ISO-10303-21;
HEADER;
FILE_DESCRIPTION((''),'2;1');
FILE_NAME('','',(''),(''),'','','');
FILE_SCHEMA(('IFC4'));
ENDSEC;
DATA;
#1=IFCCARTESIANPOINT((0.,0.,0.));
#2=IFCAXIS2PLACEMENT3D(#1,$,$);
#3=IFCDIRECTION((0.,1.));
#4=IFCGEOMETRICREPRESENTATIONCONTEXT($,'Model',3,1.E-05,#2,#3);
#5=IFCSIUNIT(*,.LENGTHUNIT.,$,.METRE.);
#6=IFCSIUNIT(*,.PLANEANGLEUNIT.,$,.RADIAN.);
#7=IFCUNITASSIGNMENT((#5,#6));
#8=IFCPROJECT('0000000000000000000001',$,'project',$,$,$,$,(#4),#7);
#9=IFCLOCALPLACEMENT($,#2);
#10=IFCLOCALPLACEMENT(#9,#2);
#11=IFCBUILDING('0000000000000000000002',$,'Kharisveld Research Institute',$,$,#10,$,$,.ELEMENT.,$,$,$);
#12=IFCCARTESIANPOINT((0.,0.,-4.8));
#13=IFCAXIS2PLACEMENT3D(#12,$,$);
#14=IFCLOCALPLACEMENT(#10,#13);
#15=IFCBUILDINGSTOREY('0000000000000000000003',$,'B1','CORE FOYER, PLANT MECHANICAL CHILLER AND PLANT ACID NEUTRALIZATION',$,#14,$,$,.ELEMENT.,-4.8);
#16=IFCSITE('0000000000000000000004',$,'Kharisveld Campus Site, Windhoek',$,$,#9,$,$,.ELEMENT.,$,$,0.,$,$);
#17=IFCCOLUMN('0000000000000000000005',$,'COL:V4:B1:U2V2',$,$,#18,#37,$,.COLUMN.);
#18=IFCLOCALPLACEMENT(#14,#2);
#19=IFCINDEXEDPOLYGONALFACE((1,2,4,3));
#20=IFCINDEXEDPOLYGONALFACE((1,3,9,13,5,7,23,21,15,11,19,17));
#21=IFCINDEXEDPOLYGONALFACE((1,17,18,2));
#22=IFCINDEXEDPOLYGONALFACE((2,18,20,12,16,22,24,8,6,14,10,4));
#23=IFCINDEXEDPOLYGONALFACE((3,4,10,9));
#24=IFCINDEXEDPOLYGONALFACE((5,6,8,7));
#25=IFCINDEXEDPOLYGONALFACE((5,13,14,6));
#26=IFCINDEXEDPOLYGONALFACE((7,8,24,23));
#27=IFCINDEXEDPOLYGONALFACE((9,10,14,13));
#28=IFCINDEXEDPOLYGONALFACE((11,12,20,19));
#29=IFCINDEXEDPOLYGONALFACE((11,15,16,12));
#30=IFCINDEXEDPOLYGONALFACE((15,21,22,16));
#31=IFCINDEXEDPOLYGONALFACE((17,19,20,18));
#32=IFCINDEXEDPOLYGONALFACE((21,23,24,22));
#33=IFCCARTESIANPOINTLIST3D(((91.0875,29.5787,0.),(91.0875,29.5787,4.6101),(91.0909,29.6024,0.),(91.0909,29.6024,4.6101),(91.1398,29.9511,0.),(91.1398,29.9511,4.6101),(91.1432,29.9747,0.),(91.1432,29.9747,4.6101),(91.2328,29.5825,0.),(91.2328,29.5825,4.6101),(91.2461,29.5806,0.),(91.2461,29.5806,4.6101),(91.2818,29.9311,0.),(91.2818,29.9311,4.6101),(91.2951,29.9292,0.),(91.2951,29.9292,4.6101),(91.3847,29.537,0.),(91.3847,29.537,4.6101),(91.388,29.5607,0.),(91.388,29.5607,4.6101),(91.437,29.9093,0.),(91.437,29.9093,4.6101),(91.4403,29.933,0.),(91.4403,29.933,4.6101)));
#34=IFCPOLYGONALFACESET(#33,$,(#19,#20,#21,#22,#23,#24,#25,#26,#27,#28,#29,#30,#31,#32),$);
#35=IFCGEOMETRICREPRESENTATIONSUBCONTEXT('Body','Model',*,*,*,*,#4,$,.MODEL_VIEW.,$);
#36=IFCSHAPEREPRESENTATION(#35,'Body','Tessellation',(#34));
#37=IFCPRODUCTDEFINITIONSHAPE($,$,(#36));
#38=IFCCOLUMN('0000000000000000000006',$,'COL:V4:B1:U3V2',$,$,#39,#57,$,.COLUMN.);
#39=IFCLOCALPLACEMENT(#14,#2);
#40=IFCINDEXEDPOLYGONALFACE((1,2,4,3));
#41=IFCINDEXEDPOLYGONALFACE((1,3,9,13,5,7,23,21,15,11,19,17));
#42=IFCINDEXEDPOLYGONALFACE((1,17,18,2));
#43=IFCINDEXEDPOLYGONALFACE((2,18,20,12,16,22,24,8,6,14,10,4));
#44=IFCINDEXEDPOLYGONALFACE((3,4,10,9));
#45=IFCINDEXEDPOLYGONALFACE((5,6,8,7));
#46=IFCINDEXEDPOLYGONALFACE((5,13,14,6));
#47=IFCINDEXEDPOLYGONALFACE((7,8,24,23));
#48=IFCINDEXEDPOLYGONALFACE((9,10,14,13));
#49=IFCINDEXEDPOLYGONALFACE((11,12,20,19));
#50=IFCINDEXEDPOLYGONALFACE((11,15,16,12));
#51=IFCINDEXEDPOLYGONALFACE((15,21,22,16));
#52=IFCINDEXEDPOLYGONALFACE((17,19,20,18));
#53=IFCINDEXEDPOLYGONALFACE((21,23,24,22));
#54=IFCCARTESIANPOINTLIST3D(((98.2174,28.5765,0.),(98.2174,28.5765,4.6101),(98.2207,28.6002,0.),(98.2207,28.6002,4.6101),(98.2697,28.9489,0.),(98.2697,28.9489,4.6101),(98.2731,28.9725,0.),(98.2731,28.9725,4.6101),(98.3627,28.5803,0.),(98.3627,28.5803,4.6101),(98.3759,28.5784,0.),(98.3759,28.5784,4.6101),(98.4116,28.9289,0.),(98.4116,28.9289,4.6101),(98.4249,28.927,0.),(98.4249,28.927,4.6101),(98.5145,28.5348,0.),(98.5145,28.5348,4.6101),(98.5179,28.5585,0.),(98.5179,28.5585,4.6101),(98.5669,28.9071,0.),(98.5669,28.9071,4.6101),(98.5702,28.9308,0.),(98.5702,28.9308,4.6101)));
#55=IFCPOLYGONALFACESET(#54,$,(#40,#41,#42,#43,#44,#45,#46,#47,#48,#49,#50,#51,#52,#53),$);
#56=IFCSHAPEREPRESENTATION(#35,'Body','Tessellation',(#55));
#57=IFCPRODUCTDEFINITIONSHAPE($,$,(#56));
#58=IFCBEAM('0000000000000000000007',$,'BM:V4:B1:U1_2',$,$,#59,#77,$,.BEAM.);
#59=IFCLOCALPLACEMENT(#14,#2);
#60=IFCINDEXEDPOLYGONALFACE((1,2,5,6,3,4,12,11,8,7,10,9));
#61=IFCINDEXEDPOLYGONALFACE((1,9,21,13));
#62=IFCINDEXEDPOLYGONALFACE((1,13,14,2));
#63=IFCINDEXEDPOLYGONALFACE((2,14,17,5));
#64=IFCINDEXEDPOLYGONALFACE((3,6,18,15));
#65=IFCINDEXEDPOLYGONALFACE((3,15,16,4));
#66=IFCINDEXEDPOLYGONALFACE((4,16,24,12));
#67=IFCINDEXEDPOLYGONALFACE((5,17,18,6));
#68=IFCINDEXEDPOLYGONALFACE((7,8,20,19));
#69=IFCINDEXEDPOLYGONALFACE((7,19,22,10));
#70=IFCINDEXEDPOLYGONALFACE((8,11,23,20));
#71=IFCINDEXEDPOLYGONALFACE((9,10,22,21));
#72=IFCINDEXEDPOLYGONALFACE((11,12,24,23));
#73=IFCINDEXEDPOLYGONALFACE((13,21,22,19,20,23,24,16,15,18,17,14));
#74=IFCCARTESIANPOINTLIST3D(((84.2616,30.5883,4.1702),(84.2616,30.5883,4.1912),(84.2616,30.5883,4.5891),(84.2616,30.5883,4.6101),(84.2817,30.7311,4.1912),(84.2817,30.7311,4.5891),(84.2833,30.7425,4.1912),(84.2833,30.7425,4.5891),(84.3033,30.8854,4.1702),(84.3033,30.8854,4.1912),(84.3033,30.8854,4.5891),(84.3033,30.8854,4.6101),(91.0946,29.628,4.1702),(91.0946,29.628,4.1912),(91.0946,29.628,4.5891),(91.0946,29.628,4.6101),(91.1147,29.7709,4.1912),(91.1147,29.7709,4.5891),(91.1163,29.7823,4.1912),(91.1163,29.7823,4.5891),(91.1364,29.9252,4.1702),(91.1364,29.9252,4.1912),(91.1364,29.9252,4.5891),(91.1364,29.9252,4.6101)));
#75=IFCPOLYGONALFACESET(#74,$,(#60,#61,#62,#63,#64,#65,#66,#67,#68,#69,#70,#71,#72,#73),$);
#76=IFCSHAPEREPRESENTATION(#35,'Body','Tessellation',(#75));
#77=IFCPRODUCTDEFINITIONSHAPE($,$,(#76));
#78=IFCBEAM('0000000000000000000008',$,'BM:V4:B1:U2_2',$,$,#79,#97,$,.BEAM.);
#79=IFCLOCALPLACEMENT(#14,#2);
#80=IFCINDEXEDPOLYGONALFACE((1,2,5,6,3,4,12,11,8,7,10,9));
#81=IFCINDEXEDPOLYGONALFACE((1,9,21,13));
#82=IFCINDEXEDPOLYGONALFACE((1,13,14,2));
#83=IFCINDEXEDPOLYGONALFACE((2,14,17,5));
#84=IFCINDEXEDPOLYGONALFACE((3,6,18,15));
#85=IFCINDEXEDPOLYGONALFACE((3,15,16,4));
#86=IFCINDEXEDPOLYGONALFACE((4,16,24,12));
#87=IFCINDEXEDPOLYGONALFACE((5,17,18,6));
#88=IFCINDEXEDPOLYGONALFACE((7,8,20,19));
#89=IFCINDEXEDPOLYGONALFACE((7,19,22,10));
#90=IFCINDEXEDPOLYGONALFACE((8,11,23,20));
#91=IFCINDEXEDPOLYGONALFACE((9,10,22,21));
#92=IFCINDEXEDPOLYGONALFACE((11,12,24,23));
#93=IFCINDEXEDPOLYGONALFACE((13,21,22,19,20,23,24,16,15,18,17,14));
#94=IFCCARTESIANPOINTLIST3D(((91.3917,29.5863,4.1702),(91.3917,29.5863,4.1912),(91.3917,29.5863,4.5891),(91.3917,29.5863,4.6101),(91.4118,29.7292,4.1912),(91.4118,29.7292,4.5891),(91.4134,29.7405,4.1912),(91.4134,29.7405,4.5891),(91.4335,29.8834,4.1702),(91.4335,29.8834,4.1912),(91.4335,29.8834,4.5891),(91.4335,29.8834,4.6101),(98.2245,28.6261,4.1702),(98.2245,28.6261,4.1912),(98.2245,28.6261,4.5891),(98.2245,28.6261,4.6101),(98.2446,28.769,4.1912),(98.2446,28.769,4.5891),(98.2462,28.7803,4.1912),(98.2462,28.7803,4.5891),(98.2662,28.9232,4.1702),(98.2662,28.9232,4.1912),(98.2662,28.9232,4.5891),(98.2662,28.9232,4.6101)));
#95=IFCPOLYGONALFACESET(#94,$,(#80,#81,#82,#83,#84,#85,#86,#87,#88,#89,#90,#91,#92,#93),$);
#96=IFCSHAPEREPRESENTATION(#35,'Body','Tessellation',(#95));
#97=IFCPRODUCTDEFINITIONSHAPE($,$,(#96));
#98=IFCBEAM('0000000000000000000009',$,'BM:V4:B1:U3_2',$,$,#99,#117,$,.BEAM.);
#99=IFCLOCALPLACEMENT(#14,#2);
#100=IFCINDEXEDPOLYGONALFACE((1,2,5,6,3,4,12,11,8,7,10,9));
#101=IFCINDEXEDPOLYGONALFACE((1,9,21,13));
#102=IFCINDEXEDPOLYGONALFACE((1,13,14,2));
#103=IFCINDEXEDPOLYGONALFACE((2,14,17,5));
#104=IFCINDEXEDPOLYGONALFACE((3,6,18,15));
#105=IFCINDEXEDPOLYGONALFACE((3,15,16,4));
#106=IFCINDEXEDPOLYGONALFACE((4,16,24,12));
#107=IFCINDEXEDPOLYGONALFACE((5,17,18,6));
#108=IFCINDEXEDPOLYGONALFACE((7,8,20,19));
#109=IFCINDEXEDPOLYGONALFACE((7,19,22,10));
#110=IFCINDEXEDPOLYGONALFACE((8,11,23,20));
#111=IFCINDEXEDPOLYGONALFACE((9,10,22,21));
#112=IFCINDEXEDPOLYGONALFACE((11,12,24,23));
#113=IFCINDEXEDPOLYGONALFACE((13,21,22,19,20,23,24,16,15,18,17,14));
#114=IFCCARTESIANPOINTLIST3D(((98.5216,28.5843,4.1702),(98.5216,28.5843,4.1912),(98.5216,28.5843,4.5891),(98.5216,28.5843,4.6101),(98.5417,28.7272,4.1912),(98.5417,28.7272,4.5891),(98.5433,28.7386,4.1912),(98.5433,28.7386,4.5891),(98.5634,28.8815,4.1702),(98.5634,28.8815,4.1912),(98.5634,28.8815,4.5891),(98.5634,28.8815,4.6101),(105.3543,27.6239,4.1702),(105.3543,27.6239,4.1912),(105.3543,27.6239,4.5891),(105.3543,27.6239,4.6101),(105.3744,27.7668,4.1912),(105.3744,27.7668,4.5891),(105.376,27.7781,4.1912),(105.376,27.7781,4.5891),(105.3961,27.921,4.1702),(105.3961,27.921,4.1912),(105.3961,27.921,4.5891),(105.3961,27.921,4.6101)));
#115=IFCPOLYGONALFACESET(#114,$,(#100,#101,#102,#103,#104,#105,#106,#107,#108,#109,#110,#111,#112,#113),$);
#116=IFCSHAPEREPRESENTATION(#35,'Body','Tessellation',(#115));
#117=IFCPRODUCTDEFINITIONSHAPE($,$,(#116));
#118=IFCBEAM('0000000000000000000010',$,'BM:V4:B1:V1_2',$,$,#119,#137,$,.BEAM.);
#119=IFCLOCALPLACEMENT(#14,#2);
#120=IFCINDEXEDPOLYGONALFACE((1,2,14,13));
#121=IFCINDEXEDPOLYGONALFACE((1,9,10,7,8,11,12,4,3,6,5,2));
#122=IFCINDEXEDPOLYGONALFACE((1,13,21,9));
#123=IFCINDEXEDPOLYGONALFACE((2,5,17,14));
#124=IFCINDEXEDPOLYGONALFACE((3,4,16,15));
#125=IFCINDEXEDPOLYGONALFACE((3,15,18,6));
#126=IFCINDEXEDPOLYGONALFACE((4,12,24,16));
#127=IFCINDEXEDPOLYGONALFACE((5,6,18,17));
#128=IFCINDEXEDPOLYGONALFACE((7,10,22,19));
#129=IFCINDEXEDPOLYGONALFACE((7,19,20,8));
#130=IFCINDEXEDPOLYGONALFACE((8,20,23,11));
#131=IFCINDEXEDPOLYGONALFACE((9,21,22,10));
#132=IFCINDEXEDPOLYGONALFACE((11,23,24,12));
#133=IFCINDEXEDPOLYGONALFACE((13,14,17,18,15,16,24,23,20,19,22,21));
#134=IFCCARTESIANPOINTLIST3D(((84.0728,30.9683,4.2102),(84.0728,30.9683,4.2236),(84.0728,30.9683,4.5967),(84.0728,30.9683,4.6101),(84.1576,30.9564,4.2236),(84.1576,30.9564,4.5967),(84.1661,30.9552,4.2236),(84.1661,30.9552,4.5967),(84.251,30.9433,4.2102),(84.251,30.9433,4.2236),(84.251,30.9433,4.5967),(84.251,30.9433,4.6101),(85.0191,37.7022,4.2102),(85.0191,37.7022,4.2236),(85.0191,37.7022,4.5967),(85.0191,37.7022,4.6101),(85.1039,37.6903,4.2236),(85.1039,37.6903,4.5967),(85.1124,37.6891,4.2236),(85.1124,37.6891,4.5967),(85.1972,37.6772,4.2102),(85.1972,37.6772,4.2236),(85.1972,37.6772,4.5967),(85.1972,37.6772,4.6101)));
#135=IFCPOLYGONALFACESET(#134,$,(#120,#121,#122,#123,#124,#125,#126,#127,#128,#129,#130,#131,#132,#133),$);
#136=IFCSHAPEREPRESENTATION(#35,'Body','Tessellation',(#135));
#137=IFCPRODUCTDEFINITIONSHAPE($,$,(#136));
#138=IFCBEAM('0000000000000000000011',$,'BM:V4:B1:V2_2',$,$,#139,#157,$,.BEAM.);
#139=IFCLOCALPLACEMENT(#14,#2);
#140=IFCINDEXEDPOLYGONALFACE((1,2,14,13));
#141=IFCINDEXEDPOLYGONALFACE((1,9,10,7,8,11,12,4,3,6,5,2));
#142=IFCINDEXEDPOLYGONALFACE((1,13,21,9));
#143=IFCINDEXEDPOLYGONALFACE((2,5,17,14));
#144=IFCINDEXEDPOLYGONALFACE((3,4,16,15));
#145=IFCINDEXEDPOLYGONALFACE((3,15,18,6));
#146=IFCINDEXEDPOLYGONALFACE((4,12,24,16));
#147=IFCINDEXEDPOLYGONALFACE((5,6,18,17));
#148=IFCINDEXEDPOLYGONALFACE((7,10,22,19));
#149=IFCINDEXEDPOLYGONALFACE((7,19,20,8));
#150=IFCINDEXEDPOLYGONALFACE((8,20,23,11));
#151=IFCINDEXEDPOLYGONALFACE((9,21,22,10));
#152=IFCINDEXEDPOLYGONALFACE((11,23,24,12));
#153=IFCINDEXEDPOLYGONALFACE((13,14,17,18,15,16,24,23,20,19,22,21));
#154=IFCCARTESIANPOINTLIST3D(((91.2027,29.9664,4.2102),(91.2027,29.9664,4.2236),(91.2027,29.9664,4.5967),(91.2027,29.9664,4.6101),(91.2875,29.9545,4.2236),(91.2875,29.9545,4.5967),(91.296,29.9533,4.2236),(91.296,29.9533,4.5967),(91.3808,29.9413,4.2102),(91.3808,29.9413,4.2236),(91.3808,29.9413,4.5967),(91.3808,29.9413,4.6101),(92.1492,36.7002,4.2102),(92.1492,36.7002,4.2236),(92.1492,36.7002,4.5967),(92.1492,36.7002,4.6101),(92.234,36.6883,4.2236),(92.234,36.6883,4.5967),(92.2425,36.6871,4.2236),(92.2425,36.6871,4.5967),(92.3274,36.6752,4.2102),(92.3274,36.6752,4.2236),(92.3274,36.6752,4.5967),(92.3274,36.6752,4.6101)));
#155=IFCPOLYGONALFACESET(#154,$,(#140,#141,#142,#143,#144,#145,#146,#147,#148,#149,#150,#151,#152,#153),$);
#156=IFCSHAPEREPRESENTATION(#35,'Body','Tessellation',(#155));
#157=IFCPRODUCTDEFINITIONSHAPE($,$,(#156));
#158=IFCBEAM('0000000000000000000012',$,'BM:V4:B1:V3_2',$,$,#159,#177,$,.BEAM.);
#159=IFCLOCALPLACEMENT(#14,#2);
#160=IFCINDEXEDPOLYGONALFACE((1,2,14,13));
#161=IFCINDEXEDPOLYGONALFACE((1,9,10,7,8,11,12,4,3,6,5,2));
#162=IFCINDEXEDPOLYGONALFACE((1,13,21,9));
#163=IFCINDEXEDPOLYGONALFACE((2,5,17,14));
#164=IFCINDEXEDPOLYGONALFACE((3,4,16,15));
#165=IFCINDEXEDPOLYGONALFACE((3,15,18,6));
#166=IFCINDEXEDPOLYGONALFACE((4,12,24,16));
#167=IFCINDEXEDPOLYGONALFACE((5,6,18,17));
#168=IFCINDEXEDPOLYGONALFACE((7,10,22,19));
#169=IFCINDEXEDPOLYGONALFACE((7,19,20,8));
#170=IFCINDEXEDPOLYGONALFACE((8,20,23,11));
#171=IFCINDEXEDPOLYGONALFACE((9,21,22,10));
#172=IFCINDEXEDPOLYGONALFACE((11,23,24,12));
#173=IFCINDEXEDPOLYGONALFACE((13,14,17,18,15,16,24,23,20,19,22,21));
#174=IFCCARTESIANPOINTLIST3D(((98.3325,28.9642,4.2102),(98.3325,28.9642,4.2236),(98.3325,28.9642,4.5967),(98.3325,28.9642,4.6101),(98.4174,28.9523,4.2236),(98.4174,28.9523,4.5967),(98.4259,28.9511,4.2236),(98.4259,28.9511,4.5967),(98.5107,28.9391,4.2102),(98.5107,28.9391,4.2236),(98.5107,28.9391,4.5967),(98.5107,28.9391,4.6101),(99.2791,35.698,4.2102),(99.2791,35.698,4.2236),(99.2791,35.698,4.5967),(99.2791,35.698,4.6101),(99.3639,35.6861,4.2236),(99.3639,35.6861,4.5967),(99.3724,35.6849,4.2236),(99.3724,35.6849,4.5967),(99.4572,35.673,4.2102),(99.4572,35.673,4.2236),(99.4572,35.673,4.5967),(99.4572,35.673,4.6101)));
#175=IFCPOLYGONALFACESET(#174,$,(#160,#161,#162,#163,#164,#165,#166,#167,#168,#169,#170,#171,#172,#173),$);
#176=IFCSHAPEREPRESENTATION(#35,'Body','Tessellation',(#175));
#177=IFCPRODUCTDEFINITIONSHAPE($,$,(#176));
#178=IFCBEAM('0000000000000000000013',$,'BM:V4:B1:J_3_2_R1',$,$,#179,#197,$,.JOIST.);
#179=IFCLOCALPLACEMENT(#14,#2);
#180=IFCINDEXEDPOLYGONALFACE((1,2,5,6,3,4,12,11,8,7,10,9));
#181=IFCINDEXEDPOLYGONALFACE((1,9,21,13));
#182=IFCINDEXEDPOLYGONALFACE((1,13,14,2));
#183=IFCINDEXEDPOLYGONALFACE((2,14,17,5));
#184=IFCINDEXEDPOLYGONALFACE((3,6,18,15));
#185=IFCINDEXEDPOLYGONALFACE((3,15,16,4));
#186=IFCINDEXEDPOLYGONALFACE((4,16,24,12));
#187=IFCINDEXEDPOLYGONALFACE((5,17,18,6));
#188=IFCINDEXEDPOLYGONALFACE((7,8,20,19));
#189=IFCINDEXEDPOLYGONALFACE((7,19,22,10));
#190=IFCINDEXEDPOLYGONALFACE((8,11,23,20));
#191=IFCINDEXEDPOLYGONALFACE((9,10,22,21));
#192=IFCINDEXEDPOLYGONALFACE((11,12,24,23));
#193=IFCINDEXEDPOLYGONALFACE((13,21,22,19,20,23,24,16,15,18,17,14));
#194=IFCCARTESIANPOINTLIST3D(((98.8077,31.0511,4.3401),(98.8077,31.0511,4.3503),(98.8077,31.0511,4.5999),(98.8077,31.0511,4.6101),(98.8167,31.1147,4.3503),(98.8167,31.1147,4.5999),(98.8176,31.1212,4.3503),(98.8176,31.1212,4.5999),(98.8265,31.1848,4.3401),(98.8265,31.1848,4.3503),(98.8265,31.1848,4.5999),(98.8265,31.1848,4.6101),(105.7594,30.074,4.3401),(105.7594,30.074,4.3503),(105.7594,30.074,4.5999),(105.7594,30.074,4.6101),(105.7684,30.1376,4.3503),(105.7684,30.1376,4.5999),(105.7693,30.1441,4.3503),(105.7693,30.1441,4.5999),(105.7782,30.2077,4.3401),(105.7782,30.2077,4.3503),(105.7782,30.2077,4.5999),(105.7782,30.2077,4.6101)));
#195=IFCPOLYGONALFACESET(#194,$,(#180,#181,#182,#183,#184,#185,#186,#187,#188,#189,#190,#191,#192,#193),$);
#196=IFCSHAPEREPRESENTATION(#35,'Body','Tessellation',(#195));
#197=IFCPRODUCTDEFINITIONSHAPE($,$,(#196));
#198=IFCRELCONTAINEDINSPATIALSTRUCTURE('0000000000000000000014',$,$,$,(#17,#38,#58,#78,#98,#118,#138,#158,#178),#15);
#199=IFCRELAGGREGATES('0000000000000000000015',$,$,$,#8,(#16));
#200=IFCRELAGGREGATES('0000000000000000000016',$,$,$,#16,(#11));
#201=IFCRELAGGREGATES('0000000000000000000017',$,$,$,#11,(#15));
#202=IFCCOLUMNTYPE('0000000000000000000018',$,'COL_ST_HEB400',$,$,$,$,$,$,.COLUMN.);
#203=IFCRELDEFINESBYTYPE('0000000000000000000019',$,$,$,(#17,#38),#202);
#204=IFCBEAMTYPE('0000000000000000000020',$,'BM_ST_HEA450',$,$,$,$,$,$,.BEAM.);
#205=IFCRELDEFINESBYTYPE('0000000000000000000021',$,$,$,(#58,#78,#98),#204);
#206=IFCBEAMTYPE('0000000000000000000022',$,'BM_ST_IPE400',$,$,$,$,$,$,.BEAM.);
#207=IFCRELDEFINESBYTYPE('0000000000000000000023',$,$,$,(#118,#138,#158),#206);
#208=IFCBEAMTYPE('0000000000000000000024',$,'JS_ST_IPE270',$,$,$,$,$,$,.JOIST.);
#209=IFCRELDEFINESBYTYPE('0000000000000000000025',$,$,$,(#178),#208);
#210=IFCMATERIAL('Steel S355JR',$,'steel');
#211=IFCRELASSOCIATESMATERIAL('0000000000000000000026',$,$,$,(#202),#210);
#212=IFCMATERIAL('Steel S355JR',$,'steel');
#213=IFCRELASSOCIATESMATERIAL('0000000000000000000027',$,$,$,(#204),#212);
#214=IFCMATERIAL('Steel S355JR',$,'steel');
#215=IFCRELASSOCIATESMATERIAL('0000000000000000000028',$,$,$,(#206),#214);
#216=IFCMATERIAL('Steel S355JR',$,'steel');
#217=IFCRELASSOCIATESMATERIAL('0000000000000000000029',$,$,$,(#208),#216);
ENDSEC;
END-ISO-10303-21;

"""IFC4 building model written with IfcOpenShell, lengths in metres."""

from ifc_helpers import new_model, si_unit, direction, frame, origin, origin_2d, place, context, subcontext, project, spatial, i_section, extrude, material, material_profile, profile_set, type_object, element, save


model = new_model("IFC4")

# Units and contexts
model_context = context("Model", 3, precision=1e-05, world=origin(), true_north=direction((0.0, 1.0)))
body_context = subcontext(model_context, "Body", "Model", "MODEL_VIEW")
ifc_project = project(units=[si_unit("LENGTHUNIT", "METRE"), si_unit("PLANEANGLEUNIT", "RADIAN")], contexts=[model_context])

# Site, building, storey
site_placement = place(None, origin())
site = spatial("IfcSite", under=ifc_project, at=site_placement, Name="Kharisveld Campus Site, Windhoek", CompositionType="ELEMENT", RefElevation=0.0)
building_placement = place(site_placement, origin())
building = spatial("IfcBuilding", under=site, at=building_placement, Name="Kharisveld Research Institute", CompositionType="ELEMENT")
storey_placement = place(building_placement, frame((0.0, 0.0, -4.8)))
storey = spatial("IfcBuildingStorey", under=building, at=storey_placement, Name="B1", Description="CORE FOYER, PLANT MECHANICAL CHILLER AND PLANT ACID NEUTRALIZATION", CompositionType="ELEMENT", Elevation=-4.8)

# Columns
ifc_material_1 = material(Name="Steel S355JR", Category="steel")
ifc_material_profile_1 = material_profile(ifc_material_1, i_section(OverallWidth=0.3, OverallDepth=0.3999, WebThickness=0.0134, FlangeThickness=0.0239, at=origin_2d()))
ifc_profile_set_1 = profile_set([ifc_material_profile_1], Name="Steel S355JR")
column_type = type_object("IfcColumnType", Name="COL_ST_HEB400", PredefinedType="COLUMN", material=ifc_profile_set_1)
for number, where, z_axis, x_axis, name in (
    (1, (91.2639, 29.7559, 0.0), (0.0, 0.0, 1.0), (0.990268, -0.139173, 0.0), "COL:V4:B1:U2V2"),
    (2, (98.3938, 28.7537, 0.0), (0.0, 0.0, 1.0), (0.990268, -0.139173, 0.0), "COL:V4:B1:U3V2"),
):
    element("IfcColumn", number, at=place(storey_placement, frame(where, z_axis=z_axis, x_axis=x_axis)), inside=storey, type_object=column_type, Name=name, PredefinedType="COLUMN", context=body_context, shape_type="SweptSolid", body=[
        extrude(i_section(OverallWidth=0.3, OverallDepth=0.3999, WebThickness=0.0134, FlangeThickness=0.0239, at=origin_2d()), origin(), (0.0, 0.0, 1.0), 4.6101),
    ])

# Beams
ifc_material_2 = material(Name="Steel S355JR", Category="steel")
ifc_material_profile_2 = material_profile(ifc_material_2, i_section(OverallWidth=0.3, OverallDepth=0.4399, WebThickness=0.0115, FlangeThickness=0.021, at=origin_2d()))
ifc_profile_set_2 = profile_set([ifc_material_profile_2], Name="Steel S355JR")
beam_type_1 = type_object("IfcBeamType", Name="BM_ST_HEA450", PredefinedType="BEAM", material=ifc_profile_set_2)
beam_1_placement = place(storey_placement, frame((84.2825, 30.7368, 4.3901), z_axis=(0.99027, -0.139157, 0.0), x_axis=(0.139157, 0.99027, 0.0)))
element("IfcBeam", 3, at=beam_1_placement, inside=storey, type_object=beam_type_1, Name="BM:V4:B1:U1_2", PredefinedType="BEAM", context=body_context, shape_type="SweptSolid", body=[
    extrude(i_section(OverallWidth=0.3, OverallDepth=0.4399, WebThickness=0.0115, FlangeThickness=0.021, at=origin_2d()), origin(), (0.0, 0.0, 1.0), 6.9001),
])
for number, where, z_axis, x_axis, name in (
    (4, (91.4126, 29.7349, 4.3901), (0.99027, -0.139162, 0.0), (0.139162, 0.99027, 0.0), "BM:V4:B1:U2_2"),
    (5, (98.5425, 28.7329, 4.3901), (0.990265, -0.139197, 0.0), (0.139197, 0.990265, 0.0), "BM:V4:B1:U3_2"),
):
    element("IfcBeam", number, at=place(storey_placement, frame(where, z_axis=z_axis, x_axis=x_axis)), inside=storey, type_object=beam_type_1, Name=name, PredefinedType="BEAM", context=body_context, shape_type="SweptSolid", body=[
        extrude(i_section(OverallWidth=0.3, OverallDepth=0.4399, WebThickness=0.0115, FlangeThickness=0.021, at=origin_2d()), origin(), (0.0, 0.0, 1.0), 6.8999),
    ])
ifc_material_3 = material(Name="Steel S355JR", Category="steel")
ifc_material_profile_3 = material_profile(ifc_material_3, i_section(OverallWidth=0.1799, OverallDepth=0.3999, WebThickness=0.0085, FlangeThickness=0.0134, at=origin_2d()))
ifc_profile_set_3 = profile_set([ifc_material_profile_3], Name="Steel S355JR")
beam_type_2 = type_object("IfcBeamType", Name="BM_ST_IPE400", PredefinedType="BEAM", material=ifc_profile_set_3)
for number, where, z_axis, x_axis, name in (
    (6, (84.1619, 30.9558, 4.4102), (0.139159, 0.99027, 0.0), (-0.99027, 0.139159, 0.0), "BM:V4:B1:V1_2"),
    (7, (91.2917, 29.9539, 4.4102), (0.139194, 0.990265, 0.0), (-0.990265, 0.139194, 0.0), "BM:V4:B1:V2_2"),
    (8, (98.4216, 28.9517, 4.4102), (0.139194, 0.990265, 0.0), (-0.990265, 0.139194, 0.0), "BM:V4:B1:V3_2"),
):
    element("IfcBeam", number, at=place(storey_placement, frame(where, z_axis=z_axis, x_axis=x_axis)), inside=storey, type_object=beam_type_2, Name=name, PredefinedType="BEAM", context=body_context, shape_type="SweptSolid", body=[
        extrude(i_section(OverallWidth=0.1799, OverallDepth=0.3999, WebThickness=0.0085, FlangeThickness=0.0134, at=origin_2d()), origin(), (0.0, 0.0, 1.0), 6.8),
    ])
ifc_material_4 = material(Name="Steel S355JR", Category="steel")
ifc_material_profile_4 = material_profile(ifc_material_4, i_section(OverallWidth=0.135, OverallDepth=0.27, WebThickness=0.0066, FlangeThickness=0.0103, at=origin_2d()))
ifc_profile_set_4 = profile_set([ifc_material_profile_4], Name="Steel S355JR")
beam_type_3 = type_object("IfcBeamType", Name="JS_ST_IPE270", PredefinedType="JOIST", material=ifc_profile_set_4)
beam_2_placement = place(storey_placement, frame((98.8171, 31.1179, 4.4751), z_axis=(0.990267, -0.139181, 0.0), x_axis=(0.139181, 0.990267, 0.0)))
element("IfcBeam", 9, at=beam_2_placement, inside=storey, type_object=beam_type_3, Name="BM:V4:B1:J_3_2_R1", PredefinedType="JOIST", context=body_context, shape_type="SweptSolid", body=[
    extrude(i_section(OverallWidth=0.135, OverallDepth=0.27, WebThickness=0.0066, FlangeThickness=0.0103, at=origin_2d()), origin(), (0.0, 0.0, 1.0), 7.02),
])

save(model, "model.ifc")
